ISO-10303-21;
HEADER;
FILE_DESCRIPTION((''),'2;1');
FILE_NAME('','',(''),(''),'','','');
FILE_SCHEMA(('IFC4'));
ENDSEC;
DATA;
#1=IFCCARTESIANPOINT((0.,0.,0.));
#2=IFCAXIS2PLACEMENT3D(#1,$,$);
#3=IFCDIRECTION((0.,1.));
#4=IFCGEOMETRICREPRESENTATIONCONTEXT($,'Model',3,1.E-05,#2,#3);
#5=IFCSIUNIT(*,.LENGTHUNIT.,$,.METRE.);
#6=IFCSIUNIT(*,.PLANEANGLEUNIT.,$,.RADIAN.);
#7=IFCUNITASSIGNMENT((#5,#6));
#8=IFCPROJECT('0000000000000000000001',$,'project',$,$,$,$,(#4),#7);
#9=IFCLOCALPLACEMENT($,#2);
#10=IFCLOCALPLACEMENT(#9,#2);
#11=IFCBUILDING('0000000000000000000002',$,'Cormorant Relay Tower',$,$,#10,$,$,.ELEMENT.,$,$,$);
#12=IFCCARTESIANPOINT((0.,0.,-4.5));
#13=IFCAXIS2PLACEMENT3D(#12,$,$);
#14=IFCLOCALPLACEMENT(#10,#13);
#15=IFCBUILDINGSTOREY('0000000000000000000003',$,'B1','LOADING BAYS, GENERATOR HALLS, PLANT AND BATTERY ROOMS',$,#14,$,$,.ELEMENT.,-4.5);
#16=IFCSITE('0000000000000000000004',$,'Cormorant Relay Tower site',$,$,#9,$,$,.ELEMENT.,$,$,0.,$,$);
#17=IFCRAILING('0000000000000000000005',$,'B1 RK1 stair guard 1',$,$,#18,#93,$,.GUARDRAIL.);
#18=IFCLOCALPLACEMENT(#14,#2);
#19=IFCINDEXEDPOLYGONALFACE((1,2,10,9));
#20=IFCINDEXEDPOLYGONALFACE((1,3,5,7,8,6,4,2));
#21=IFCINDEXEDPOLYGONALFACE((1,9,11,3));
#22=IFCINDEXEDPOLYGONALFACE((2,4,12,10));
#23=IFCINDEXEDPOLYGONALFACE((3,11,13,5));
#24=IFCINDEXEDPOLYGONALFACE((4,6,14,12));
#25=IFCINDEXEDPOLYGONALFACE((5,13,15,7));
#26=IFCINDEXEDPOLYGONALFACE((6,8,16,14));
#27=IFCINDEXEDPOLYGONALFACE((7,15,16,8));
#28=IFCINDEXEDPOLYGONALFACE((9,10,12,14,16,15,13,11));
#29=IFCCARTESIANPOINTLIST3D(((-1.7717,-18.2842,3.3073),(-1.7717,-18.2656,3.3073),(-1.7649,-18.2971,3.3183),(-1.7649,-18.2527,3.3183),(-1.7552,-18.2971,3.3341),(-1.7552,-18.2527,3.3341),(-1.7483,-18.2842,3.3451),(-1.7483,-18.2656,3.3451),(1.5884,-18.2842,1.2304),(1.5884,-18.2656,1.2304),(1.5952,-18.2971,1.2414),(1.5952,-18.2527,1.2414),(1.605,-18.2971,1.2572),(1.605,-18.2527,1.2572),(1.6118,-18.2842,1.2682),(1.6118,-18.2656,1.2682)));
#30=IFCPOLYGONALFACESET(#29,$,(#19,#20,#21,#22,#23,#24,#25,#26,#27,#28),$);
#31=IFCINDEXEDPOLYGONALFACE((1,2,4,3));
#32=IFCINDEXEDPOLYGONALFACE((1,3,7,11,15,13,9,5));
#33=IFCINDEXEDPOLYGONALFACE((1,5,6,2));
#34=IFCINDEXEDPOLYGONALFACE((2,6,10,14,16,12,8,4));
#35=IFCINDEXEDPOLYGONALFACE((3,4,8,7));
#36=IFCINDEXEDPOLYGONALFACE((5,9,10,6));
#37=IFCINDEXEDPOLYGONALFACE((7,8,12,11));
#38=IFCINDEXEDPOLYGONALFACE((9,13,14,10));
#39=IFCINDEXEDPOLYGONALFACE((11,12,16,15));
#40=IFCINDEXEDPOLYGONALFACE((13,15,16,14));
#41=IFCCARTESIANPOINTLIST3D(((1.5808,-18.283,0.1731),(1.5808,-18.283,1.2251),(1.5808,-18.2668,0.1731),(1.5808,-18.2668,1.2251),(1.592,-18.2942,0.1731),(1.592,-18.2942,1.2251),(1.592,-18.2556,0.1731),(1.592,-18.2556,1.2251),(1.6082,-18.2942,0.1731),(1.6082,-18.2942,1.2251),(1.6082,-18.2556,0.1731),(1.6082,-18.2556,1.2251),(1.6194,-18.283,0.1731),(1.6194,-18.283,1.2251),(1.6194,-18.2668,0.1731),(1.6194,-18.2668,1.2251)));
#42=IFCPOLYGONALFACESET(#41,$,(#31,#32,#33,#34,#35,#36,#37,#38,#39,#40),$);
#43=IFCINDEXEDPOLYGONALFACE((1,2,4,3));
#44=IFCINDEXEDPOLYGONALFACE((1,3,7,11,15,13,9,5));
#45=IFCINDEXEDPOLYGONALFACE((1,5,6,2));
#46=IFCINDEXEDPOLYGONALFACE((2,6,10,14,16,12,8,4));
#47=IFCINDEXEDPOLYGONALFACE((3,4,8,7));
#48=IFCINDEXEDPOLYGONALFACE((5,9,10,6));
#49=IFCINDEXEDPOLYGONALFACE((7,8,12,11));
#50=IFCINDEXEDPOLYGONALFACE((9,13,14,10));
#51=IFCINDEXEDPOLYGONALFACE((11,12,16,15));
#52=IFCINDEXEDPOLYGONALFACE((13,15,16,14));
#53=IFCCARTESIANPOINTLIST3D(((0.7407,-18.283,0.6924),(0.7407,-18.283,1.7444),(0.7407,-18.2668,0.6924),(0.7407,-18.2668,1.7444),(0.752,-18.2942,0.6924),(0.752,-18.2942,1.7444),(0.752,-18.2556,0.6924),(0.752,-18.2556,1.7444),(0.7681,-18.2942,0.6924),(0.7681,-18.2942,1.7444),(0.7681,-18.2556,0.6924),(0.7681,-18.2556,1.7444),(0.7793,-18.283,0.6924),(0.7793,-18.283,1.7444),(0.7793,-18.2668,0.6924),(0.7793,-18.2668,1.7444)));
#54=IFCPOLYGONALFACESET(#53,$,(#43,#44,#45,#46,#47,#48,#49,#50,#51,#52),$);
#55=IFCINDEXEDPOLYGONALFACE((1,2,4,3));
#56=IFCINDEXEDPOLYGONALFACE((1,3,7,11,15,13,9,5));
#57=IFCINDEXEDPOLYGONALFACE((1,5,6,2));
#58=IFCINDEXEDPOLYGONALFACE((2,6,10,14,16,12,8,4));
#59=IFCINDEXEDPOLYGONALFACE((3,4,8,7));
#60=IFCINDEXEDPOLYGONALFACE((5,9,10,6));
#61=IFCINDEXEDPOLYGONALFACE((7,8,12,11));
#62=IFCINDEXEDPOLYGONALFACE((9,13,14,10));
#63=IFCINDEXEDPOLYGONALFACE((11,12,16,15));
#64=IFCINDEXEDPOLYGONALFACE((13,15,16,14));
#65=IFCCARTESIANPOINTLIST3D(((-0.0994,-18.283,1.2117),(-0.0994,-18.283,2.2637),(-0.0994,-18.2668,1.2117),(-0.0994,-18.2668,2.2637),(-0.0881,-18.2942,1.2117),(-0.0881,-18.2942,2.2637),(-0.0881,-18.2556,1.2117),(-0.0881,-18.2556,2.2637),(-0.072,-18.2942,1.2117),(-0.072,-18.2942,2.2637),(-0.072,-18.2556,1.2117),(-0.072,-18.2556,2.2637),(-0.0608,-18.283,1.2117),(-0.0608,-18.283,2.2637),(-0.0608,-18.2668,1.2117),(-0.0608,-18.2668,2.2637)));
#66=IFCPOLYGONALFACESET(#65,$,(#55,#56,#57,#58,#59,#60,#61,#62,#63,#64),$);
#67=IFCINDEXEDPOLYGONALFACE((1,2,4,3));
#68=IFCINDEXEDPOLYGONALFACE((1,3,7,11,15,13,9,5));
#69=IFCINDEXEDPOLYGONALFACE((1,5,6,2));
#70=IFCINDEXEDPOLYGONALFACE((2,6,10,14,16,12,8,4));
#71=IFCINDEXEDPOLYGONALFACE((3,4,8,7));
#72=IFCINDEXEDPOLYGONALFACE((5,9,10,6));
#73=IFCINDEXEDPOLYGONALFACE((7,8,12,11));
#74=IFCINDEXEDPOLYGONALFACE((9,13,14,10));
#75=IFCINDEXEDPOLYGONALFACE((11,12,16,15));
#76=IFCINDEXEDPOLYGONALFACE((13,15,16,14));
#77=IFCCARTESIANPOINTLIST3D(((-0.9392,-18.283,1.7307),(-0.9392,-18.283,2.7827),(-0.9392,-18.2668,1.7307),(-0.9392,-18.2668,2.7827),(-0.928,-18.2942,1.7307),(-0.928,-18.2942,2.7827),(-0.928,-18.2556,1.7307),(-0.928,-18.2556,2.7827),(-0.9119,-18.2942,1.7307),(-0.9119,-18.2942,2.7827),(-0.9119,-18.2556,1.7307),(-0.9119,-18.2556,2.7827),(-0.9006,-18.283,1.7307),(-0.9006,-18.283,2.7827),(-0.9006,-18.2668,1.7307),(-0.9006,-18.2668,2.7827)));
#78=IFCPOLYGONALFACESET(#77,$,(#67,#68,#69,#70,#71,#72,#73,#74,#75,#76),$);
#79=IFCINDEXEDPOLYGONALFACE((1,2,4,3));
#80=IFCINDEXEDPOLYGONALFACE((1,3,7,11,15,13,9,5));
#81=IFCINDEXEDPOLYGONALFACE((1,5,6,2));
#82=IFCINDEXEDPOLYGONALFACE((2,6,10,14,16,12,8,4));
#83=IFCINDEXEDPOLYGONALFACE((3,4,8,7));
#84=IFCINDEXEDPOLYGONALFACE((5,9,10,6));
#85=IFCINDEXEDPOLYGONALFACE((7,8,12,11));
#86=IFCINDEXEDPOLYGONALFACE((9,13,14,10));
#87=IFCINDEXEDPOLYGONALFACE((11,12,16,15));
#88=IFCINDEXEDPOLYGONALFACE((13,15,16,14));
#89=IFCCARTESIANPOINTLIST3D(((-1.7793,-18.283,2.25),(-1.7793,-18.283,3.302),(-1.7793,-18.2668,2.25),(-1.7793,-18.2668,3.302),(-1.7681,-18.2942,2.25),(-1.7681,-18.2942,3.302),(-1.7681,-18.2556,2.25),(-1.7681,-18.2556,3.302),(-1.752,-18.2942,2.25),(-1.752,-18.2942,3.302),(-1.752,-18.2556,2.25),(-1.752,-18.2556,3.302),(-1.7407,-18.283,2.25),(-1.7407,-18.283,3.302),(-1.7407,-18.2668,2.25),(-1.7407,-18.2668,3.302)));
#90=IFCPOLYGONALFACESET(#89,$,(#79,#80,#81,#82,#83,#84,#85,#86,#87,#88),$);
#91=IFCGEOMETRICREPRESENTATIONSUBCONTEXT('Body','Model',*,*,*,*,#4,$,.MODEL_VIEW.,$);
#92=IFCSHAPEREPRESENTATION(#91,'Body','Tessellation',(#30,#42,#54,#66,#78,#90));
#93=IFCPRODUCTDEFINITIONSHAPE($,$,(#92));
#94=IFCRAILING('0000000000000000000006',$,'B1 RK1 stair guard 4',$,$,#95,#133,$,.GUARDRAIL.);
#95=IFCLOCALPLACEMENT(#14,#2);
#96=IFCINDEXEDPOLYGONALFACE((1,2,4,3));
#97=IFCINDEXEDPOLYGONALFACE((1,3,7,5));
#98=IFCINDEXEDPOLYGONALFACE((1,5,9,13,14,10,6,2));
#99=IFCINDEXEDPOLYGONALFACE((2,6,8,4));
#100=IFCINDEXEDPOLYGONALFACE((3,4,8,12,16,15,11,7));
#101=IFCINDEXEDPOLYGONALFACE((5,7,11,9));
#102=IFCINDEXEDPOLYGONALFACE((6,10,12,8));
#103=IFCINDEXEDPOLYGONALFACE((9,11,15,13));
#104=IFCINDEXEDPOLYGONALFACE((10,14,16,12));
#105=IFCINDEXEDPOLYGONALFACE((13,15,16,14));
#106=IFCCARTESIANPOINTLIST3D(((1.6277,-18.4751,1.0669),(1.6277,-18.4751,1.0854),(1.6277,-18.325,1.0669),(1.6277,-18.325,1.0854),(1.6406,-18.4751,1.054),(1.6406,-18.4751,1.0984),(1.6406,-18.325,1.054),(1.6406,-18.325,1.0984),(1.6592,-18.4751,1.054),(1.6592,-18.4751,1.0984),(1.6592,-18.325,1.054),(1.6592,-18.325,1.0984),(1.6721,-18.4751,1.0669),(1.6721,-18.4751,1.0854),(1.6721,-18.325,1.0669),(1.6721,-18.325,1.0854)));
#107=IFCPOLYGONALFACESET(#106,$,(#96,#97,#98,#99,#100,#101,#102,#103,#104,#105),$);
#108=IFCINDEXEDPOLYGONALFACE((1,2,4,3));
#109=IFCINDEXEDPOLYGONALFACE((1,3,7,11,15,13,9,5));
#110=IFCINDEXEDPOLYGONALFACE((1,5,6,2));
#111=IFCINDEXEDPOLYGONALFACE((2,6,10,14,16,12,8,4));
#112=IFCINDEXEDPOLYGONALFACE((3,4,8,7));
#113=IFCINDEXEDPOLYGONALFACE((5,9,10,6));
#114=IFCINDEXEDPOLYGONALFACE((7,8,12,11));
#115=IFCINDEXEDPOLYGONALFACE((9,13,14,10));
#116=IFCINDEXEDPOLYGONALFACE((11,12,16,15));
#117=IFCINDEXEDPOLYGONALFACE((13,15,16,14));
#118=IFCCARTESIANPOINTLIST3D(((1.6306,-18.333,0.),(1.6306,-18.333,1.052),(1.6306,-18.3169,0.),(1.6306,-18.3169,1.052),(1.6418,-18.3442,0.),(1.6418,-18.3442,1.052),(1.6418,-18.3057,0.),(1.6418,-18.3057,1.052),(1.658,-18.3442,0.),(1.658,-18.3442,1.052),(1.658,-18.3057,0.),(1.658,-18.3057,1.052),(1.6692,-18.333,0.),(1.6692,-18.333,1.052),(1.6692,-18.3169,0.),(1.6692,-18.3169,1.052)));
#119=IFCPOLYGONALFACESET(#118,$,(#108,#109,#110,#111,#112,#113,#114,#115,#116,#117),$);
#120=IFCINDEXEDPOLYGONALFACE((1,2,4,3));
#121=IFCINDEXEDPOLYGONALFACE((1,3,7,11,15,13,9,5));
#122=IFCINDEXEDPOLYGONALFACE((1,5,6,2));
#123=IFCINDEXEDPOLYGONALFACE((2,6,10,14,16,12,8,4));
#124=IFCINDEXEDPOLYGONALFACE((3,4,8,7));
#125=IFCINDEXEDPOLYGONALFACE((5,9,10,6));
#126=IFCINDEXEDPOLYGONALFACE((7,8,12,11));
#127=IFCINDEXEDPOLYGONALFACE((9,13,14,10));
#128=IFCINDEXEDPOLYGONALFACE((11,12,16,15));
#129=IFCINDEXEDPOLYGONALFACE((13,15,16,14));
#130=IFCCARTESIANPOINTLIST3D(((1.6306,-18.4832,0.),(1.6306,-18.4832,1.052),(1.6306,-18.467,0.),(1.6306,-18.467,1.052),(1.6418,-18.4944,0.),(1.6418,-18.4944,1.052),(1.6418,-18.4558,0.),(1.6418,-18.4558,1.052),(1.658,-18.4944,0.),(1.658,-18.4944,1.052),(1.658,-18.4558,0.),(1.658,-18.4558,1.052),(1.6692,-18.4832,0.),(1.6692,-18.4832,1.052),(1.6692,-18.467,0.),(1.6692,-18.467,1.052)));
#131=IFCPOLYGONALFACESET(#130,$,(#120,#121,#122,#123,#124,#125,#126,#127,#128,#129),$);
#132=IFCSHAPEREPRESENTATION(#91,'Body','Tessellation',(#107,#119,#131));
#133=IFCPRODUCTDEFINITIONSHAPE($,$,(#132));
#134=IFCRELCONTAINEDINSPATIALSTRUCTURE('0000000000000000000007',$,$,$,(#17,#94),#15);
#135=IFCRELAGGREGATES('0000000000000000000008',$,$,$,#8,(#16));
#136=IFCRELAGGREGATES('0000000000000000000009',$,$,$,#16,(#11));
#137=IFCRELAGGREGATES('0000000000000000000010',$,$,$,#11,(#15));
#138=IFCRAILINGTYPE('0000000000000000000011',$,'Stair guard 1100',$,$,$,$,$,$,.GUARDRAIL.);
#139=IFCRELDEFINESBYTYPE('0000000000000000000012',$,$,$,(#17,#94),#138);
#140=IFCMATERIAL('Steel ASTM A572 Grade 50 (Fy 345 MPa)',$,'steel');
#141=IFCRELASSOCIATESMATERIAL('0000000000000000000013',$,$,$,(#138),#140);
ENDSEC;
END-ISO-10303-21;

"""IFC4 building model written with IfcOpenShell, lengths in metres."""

from ifc_helpers import new_model, si_unit, direction, frame, origin, place, context, subcontext, project, spatial, polyline, outline, extrude, material, type_object, element, save


model = new_model("IFC4")

# Units and contexts
model_context = context("Model", 3, precision=1e-05, world=origin(), true_north=direction((0.0, 1.0)))
body_context = subcontext(model_context, "Body", "Model", "MODEL_VIEW")
ifc_project = project(units=[si_unit("LENGTHUNIT", "METRE"), si_unit("PLANEANGLEUNIT", "RADIAN")], contexts=[model_context])

# Site, building, storey
site_placement = place(None, origin())
site = spatial("IfcSite", under=ifc_project, at=site_placement, Name="Cormorant Relay Tower site", CompositionType="ELEMENT", RefElevation=0.0)
building_placement = place(site_placement, origin())
building = spatial("IfcBuilding", under=site, at=building_placement, Name="Cormorant Relay Tower", CompositionType="ELEMENT")
storey_placement = place(building_placement, frame((0.0, 0.0, -4.5)))
storey = spatial("IfcBuildingStorey", under=building, at=storey_placement, Name="B1", Description="LOADING BAYS, GENERATOR HALLS, PLANT AND BATTERY ROOMS", CompositionType="ELEMENT", Elevation=-4.5)

# Railings
ifc_material_1 = material(Name="Steel ASTM A572 Grade 50 (Fy 345 MPa)", Category="steel")
railing_type_1 = type_object("IfcRailingType", Name="Stair guard 1100", PredefinedType="GUARDRAIL", material=ifc_material_1)
railing_1_placement = place(storey_placement, frame((1.6001, -18.2749, 0.1731)))
element("IfcRailing", 1, at=railing_1_placement, inside=storey, type_object=railing_type_1, Name="B1 RK1 stair guard 1", PredefinedType="GUARDRAIL", context=body_context, shape_type="SweptSolid", body=[
    extrude(outline(polyline([(0.0222, 0.0093), (0.0093, 0.0222), (-0.0093, 0.0222), (-0.0222, 0.0093), (-0.0222, -0.0093), (-0.0093, -0.0222), (0.0093, -0.0222), (0.0222, -0.0093), (0.0222, 0.0093)])), frame((0.0, 0.0, 1.0762), z_axis=(-0.850623, 0.0, 0.525776), x_axis=(0.0, -1.0, 0.0)), (0.0, 0.0, 1.0), 3.9502),
    extrude(outline(polyline([(0.0193, 0.0081), (0.0081, 0.0193), (-0.0081, 0.0193), (-0.0193, 0.0081), (-0.0193, -0.0081), (-0.0081, -0.0193), (0.0081, -0.0193), (0.0193, -0.0081), (0.0193, 0.0081)])), origin(), (0.0, 0.0, 1.0), 1.052),
    extrude(outline(polyline([(0.0193, 0.0081), (0.0081, 0.0193), (-0.0081, 0.0193), (-0.0193, 0.0081), (-0.0193, -0.0081), (-0.0081, -0.0193), (0.0081, -0.0193), (0.0193, -0.0081), (0.0193, 0.0081)])), frame((-0.8401, 0.0, 0.5193)), (0.0, 0.0, 1.0), 1.052),
    extrude(outline(polyline([(0.0193, 0.0081), (0.0081, 0.0193), (-0.0081, 0.0193), (-0.0193, 0.0081), (-0.0193, -0.0081), (-0.0081, -0.0193), (0.0081, -0.0193), (0.0193, -0.0081), (0.0193, 0.0081)])), frame((-1.6802, 0.0, 1.0386)), (0.0, 0.0, 1.0), 1.052),
    extrude(outline(polyline([(0.0193, 0.0081), (0.0081, 0.0193), (-0.0081, 0.0193), (-0.0193, 0.0081), (-0.0193, -0.0081), (-0.0081, -0.0193), (0.0081, -0.0193), (0.0193, -0.0081), (0.0193, 0.0081)])), frame((-2.52, 0.0, 1.5576)), (0.0, 0.0, 1.0), 1.052),
    extrude(outline(polyline([(0.0193, 0.0081), (0.0081, 0.0193), (-0.0081, 0.0193), (-0.0193, 0.0081), (-0.0193, -0.0081), (-0.0081, -0.0193), (0.0081, -0.0193), (0.0193, -0.0081), (0.0193, 0.0081)])), frame((-3.3601, 0.0, 2.0769)), (0.0, 0.0, 1.0), 1.052),
])
railing_2_placement = place(storey_placement, frame((1.6499, -18.325, 0.0)))
element("IfcRailing", 2, at=railing_2_placement, inside=storey, type_object=railing_type_1, Name="B1 RK1 stair guard 4", PredefinedType="GUARDRAIL", context=body_context, shape_type="SweptSolid", body=[
    extrude(outline(polyline([(0.0222, 0.0093), (0.0093, 0.0222), (-0.0093, 0.0222), (-0.0222, 0.0093), (-0.0222, -0.0093), (-0.0093, -0.0222), (0.0093, -0.0222), (0.0222, -0.0093), (0.0222, 0.0093)])), frame((0.0, 0.0, 1.0762), z_axis=(0.0, -1.0, 0.0), x_axis=(1.0, 0.0, 0.0)), (0.0, 0.0, 1.0), 0.1501),
    extrude(outline(polyline([(0.0193, 0.0081), (0.0081, 0.0193), (-0.0081, 0.0193), (-0.0193, 0.0081), (-0.0193, -0.0081), (-0.0081, -0.0193), (0.0081, -0.0193), (0.0193, -0.0081), (0.0193, 0.0081)])), origin(), (0.0, 0.0, 1.0), 1.052),
    extrude(outline(polyline([(0.0193, 0.0081), (0.0081, 0.0193), (-0.0081, 0.0193), (-0.0193, 0.0081), (-0.0193, -0.0081), (-0.0081, -0.0193), (0.0081, -0.0193), (0.0193, -0.0081), (0.0193, 0.0081)])), frame((0.0, -0.1501, 0.0)), (0.0, 0.0, 1.0), 1.052),
])

save(model, "model.ifc")
